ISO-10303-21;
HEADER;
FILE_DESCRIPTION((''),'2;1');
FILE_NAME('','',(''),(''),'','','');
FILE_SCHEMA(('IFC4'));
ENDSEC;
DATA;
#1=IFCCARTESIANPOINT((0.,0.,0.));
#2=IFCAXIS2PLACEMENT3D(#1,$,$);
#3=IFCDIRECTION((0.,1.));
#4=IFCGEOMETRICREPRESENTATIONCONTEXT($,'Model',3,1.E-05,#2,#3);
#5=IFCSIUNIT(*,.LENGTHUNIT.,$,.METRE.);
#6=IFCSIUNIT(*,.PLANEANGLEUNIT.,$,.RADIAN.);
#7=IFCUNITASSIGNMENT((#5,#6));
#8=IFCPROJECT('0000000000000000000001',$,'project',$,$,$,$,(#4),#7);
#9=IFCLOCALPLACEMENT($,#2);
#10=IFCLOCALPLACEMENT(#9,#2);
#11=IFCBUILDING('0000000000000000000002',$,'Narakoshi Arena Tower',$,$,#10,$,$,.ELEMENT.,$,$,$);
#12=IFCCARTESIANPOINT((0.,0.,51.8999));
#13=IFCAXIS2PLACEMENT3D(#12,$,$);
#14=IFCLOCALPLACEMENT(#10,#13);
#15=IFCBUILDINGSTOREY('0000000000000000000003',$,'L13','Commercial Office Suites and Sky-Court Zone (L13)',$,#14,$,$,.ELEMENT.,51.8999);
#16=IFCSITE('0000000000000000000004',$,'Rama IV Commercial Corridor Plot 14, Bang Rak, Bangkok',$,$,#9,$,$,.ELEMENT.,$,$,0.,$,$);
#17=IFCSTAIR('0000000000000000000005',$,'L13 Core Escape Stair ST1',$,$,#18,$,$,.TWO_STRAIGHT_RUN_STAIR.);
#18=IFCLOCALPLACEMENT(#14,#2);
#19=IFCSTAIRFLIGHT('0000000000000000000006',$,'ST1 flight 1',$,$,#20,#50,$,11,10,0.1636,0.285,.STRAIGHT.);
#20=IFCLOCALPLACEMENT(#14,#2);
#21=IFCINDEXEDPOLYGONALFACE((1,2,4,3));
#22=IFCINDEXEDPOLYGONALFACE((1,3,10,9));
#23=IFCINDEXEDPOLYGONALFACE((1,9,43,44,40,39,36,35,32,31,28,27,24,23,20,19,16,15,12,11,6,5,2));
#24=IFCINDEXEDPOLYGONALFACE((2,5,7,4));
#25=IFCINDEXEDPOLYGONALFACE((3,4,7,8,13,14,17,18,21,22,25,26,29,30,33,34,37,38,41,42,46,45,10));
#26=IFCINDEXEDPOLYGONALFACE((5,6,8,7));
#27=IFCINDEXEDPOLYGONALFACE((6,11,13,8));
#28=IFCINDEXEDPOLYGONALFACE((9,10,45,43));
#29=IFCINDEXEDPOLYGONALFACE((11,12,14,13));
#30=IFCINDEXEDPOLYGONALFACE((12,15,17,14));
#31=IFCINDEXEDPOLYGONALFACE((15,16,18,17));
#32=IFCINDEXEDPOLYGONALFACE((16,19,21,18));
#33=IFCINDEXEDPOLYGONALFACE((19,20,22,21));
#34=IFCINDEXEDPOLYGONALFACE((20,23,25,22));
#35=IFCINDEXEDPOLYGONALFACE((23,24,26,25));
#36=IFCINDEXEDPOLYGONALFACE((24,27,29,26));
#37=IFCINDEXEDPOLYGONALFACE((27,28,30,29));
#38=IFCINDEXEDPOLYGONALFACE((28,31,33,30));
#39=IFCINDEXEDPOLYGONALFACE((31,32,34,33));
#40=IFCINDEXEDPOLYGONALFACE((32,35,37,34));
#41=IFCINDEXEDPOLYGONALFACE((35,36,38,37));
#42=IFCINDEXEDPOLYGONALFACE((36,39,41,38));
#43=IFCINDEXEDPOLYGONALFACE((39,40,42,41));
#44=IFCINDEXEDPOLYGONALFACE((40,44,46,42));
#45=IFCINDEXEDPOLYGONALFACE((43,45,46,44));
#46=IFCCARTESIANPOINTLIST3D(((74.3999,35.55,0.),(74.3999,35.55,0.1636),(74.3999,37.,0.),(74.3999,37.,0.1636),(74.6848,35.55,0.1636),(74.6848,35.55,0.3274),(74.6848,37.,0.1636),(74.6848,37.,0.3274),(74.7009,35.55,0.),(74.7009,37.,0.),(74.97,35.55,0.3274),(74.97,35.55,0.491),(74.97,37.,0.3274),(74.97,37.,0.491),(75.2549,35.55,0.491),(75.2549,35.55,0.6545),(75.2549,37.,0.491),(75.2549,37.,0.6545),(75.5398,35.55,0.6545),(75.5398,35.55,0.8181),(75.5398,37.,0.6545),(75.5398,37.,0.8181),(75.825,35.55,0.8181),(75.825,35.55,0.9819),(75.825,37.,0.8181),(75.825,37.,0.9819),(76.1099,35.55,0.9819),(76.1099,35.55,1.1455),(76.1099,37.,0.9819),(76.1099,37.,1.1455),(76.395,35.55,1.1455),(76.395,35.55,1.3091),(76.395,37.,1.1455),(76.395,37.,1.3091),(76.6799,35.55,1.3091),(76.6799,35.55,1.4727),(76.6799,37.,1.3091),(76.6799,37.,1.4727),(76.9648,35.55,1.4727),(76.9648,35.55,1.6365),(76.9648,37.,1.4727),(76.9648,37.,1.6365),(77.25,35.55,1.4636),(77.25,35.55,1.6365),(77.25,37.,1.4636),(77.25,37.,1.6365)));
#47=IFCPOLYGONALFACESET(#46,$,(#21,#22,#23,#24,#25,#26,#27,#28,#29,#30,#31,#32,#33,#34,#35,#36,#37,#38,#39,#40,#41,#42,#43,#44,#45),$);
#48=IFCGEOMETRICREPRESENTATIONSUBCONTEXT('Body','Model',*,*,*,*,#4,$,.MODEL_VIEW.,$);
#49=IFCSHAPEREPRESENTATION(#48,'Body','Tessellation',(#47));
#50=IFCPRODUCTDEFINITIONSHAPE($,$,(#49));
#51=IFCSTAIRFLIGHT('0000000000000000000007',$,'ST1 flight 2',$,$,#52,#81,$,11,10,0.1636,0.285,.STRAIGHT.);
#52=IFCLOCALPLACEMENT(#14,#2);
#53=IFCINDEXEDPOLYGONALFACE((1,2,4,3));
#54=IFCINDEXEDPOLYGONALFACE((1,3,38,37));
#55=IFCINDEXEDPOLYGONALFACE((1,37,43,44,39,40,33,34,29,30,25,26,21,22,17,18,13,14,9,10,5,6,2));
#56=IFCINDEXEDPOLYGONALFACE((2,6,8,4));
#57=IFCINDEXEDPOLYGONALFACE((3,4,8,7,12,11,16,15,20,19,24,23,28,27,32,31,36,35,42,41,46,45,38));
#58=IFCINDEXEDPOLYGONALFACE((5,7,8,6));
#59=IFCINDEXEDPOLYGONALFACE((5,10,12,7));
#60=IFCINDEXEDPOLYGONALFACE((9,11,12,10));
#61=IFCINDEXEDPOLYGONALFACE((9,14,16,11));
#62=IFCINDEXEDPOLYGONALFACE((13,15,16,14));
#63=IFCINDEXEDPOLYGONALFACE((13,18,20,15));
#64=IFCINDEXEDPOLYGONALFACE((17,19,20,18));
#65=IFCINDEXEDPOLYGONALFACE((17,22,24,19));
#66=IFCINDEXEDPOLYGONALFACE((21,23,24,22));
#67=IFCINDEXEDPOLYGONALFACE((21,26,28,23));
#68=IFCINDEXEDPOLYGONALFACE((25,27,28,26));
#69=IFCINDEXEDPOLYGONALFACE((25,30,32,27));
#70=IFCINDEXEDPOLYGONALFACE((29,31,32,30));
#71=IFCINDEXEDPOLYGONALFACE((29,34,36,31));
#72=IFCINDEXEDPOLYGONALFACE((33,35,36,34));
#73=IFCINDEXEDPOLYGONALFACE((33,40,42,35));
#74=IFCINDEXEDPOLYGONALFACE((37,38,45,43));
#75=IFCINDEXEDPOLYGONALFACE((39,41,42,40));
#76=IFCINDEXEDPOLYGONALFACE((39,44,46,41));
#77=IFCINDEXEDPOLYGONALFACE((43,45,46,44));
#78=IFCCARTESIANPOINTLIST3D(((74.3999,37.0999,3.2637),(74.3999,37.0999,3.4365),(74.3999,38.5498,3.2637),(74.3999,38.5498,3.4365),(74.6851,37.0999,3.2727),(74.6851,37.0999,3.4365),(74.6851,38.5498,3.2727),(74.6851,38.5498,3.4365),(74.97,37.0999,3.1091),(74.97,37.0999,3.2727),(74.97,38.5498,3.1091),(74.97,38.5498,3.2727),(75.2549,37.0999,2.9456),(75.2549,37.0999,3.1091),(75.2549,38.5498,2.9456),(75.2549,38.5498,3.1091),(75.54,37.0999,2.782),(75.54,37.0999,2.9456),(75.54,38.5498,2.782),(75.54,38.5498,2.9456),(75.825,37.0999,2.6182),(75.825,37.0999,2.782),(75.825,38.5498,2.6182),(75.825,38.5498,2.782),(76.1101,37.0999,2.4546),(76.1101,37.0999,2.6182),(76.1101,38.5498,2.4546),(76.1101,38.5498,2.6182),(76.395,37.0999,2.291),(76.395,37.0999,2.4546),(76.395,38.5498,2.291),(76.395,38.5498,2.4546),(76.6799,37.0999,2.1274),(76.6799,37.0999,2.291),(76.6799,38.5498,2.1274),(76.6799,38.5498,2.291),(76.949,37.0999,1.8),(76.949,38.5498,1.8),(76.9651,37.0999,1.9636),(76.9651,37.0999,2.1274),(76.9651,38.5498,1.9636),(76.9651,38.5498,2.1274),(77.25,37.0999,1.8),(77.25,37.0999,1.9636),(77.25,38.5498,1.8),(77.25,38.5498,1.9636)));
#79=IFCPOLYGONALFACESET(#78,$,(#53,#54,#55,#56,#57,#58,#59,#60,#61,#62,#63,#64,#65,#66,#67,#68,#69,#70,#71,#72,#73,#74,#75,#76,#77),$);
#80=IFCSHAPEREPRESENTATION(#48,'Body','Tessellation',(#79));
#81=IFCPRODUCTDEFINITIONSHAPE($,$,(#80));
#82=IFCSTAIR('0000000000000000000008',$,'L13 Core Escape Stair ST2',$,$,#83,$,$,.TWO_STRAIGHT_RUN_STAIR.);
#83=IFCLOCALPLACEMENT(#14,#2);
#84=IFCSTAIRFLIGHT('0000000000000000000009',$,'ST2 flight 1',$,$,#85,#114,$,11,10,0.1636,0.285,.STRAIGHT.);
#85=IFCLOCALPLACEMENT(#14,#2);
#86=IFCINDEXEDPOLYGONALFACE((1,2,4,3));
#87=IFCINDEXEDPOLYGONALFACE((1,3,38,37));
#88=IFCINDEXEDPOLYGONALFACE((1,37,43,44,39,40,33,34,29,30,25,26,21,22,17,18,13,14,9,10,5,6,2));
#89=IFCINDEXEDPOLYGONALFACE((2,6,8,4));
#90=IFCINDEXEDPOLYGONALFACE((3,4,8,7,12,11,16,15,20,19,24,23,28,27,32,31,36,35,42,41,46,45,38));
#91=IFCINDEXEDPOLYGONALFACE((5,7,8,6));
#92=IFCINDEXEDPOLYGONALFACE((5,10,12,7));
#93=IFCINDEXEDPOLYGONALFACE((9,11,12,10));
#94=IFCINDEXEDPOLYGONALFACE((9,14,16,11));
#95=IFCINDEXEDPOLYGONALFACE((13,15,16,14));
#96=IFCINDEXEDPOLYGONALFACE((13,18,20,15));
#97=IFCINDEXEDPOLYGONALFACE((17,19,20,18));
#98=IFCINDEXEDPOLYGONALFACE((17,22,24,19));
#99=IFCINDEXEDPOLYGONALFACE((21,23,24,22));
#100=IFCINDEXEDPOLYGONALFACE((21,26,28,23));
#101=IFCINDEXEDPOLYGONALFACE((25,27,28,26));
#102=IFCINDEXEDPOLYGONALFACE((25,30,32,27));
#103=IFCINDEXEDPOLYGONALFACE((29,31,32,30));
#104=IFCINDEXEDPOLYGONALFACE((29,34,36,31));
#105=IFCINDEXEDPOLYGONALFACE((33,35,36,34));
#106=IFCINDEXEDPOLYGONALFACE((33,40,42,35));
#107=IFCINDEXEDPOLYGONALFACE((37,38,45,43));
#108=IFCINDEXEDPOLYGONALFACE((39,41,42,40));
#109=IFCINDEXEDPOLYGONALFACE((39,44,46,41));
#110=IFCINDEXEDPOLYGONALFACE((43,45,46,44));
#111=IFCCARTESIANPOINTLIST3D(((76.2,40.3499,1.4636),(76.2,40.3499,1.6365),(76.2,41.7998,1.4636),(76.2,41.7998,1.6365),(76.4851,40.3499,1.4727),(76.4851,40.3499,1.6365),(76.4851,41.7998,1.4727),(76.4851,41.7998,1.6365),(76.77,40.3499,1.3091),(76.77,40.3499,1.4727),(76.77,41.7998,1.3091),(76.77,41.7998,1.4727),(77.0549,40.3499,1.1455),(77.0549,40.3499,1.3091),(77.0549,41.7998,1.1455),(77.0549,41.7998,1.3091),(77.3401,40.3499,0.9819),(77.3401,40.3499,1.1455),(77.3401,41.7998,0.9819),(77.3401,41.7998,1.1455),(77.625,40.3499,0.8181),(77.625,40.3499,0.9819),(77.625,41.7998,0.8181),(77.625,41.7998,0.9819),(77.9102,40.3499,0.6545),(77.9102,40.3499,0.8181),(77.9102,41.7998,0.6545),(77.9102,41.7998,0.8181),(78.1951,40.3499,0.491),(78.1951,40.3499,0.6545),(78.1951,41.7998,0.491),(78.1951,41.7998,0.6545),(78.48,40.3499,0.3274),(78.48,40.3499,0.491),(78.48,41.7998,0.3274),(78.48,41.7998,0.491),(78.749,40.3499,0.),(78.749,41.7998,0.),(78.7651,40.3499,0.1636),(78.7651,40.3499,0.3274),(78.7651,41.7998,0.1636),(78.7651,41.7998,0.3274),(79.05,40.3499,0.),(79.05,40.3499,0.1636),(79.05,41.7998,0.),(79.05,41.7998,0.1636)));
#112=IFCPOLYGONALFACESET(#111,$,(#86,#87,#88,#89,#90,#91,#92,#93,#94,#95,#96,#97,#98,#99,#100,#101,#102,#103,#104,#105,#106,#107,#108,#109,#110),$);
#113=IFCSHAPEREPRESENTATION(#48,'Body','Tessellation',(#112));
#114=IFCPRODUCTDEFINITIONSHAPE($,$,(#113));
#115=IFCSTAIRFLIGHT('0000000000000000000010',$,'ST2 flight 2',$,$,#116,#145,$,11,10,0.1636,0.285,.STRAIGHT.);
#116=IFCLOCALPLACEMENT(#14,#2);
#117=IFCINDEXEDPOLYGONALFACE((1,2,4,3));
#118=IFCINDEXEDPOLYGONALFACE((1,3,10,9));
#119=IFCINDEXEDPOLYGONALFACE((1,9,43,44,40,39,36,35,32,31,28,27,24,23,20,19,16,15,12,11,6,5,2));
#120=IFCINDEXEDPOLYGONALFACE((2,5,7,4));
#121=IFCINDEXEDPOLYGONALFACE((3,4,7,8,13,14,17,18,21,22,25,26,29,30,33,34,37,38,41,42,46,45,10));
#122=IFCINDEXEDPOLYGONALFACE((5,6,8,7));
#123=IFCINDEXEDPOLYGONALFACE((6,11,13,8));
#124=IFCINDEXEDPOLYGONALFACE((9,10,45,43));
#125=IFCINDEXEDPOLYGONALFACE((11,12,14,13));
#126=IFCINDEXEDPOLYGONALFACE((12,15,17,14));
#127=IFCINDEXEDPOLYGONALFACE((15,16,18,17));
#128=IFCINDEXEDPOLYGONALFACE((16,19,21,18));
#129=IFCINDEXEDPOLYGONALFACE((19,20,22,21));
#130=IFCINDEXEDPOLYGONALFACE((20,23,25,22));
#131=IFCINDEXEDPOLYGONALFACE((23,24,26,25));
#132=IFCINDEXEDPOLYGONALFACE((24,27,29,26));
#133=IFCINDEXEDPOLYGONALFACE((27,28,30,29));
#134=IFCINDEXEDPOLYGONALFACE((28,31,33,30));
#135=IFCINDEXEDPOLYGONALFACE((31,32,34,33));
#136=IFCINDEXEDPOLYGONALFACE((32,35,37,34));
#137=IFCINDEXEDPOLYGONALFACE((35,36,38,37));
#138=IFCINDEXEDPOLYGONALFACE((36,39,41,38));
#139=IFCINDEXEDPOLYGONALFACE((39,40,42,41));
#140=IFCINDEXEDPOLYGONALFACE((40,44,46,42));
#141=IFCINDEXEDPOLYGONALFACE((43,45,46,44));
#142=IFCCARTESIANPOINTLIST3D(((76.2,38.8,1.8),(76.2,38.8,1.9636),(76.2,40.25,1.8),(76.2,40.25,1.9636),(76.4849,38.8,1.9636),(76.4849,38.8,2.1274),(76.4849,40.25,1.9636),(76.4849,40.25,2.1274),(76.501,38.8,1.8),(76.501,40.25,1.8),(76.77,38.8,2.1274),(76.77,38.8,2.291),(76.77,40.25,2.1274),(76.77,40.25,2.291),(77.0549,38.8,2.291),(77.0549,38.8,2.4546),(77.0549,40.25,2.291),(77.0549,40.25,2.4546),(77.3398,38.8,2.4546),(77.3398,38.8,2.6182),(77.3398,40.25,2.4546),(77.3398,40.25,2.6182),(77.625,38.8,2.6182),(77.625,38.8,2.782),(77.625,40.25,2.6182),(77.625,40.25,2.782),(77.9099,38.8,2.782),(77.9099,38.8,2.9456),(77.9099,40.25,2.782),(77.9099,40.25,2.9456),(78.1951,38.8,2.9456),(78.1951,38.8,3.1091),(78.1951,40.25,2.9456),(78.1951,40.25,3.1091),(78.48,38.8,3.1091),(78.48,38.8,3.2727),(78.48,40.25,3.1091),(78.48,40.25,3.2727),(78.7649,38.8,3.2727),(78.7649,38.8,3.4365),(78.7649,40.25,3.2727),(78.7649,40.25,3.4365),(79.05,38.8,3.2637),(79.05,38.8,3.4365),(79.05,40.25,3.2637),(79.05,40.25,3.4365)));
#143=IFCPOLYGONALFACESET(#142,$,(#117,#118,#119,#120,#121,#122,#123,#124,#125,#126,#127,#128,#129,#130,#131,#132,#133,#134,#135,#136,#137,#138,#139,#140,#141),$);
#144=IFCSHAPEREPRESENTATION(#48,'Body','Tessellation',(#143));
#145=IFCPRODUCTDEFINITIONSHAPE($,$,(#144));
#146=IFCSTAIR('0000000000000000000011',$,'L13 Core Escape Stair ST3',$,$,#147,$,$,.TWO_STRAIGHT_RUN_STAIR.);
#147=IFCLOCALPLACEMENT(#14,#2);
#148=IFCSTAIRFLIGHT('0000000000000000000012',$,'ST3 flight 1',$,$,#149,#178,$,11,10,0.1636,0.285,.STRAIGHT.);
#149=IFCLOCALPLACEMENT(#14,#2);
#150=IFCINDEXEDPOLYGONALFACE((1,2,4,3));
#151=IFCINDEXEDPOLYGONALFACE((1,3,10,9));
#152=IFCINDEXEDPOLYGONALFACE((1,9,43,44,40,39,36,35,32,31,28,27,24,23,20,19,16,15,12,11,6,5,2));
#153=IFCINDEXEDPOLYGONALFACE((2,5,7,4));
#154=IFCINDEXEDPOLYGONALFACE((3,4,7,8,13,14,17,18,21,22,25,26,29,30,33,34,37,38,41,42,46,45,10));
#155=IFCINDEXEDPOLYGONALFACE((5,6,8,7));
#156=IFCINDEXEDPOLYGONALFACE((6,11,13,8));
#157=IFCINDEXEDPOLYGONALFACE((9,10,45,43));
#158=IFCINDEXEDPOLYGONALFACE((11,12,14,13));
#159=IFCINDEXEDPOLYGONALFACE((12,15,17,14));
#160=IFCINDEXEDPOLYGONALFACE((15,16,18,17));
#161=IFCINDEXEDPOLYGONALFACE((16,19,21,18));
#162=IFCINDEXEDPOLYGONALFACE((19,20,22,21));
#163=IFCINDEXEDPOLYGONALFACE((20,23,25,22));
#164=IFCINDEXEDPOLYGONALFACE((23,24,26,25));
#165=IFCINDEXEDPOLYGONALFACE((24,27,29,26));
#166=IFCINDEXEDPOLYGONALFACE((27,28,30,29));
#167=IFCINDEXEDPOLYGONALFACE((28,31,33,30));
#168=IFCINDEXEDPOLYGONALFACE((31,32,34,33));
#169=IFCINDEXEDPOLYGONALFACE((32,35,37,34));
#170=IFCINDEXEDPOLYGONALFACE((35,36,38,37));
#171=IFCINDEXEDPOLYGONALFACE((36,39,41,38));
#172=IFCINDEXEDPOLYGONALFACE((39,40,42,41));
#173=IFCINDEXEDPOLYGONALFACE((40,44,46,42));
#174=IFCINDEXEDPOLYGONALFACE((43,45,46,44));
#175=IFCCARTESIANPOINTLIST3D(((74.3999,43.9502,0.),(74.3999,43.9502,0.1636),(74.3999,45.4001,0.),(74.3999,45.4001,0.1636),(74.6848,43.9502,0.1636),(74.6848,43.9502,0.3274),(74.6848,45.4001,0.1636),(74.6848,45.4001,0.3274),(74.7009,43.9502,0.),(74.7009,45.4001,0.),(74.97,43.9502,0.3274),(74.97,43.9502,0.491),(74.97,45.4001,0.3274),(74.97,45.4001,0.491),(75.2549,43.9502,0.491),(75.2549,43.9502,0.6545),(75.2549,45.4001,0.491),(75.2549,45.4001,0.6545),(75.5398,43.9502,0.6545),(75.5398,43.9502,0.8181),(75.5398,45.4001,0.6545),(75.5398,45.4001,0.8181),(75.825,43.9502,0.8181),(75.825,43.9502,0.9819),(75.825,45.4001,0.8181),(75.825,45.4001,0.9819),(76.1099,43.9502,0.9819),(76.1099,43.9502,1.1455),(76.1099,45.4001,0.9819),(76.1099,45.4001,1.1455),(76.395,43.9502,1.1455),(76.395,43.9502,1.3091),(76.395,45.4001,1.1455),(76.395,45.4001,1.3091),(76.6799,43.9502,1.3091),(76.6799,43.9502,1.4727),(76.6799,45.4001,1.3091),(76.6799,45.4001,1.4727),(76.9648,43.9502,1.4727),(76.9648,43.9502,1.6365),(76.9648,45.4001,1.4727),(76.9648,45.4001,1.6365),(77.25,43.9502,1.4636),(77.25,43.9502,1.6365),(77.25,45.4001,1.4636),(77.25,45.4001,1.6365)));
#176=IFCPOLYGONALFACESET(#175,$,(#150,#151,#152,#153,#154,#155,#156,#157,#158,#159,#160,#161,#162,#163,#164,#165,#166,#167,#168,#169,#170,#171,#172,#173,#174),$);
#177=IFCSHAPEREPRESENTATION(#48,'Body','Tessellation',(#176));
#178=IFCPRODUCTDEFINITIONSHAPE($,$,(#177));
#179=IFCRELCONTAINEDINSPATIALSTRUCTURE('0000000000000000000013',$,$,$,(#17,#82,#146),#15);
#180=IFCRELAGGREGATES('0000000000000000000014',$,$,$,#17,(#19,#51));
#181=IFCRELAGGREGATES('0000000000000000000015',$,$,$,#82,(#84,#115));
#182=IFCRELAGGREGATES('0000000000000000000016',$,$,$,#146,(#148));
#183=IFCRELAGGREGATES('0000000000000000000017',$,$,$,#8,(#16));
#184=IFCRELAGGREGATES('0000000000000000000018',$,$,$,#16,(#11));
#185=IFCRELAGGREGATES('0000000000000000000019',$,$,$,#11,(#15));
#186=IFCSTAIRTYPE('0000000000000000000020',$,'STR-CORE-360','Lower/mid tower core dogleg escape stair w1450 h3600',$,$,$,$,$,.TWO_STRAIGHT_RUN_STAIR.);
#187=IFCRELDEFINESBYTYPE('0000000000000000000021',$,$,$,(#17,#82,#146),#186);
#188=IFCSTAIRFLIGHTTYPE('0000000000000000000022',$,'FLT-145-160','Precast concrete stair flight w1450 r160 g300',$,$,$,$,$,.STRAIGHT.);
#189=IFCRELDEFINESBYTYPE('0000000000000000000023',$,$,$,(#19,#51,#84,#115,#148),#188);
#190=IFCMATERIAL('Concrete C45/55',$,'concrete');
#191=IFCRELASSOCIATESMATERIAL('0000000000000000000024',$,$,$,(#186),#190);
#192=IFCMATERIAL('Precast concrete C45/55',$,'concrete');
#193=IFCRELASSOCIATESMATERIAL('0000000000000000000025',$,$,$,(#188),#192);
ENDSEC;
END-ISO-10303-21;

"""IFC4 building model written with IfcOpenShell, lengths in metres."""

from ifc_helpers import new_model, si_unit, direction, frame, origin, place, context, subcontext, project, spatial, polyline, outline, extrude, material, type_object, element, aggregate, save


model = new_model("IFC4")

# Units and contexts
model_context = context("Model", 3, precision=1e-05, world=origin(), true_north=direction((0.0, 1.0)))
body_context = subcontext(model_context, "Body", "Model", "MODEL_VIEW")
ifc_project = project(units=[si_unit("LENGTHUNIT", "METRE"), si_unit("PLANEANGLEUNIT", "RADIAN")], contexts=[model_context])

# Site, building, storey
site_placement = place(None, origin())
site = spatial("IfcSite", under=ifc_project, at=site_placement, Name="Rama IV Commercial Corridor Plot 14, Bang Rak, Bangkok", CompositionType="ELEMENT", RefElevation=0.0)
building_placement = place(site_placement, origin())
building = spatial("IfcBuilding", under=site, at=building_placement, Name="Narakoshi Arena Tower", CompositionType="ELEMENT")
storey_placement = place(building_placement, frame((0.0, 0.0, 51.8999)))
storey = spatial("IfcBuildingStorey", under=building, at=storey_placement, Name="L13", Description="Commercial Office Suites and Sky-Court Zone (L13)", CompositionType="ELEMENT", Elevation=51.8999)

# Stairs, stair flights
ifc_material_1 = material(Name="Concrete C45/55", Category="concrete")
stair_type = type_object("IfcStairType", Name="STR-CORE-360", Description="Lower/mid tower core dogleg escape stair w1450 h3600", PredefinedType="TWO_STRAIGHT_RUN_STAIR", material=ifc_material_1)
stair_1_placement = place(storey_placement, origin())
stair_1 = element("IfcStair", 1, at=stair_1_placement, inside=storey, type_object=stair_type, Name="L13 Core Escape Stair ST1", PredefinedType="TWO_STRAIGHT_RUN_STAIR")
ifc_material_2 = material(Name="Precast concrete C45/55", Category="concrete")
stair_flight_type = type_object("IfcStairFlightType", Name="FLT-145-160", Description="Precast concrete stair flight w1450 r160 g300", PredefinedType="STRAIGHT", material=ifc_material_2)
stair_flight_1_placement = place(storey_placement, frame((74.3999, 36.2749, 0.0), z_axis=(0.0, 0.0, 1.0), x_axis=(1.0, 0.0, 0.0)))
stair_flight_1 = element("IfcStairFlight", 2, at=stair_flight_1_placement, type_object=stair_flight_type, Name="ST1 flight 1", NumberOfRisers=11, NumberOfTreads=10, PredefinedType="STRAIGHT", RiserHeight=0.1636, TreadLength=0.285, context=body_context, shape_type="SweptSolid", body=[
    extrude(outline(polyline([(0.0, 0.0), (0.0, 0.1636), (0.2849, 0.1636), (0.2849, 0.3274), (0.5701, 0.3274), (0.5701, 0.491), (0.855, 0.491), (0.855, 0.6545), (1.1399, 0.6545), (1.1399, 0.8181), (1.425, 0.8181), (1.425, 0.9819), (1.71, 0.9819), (1.71, 1.1455), (1.9951, 1.1455), (1.9951, 1.3091), (2.28, 1.3091), (2.28, 1.4727), (2.5649, 1.4727), (2.5649, 1.6365), (2.8501, 1.6365), (2.8501, 1.8), (2.8501, 1.4636), (0.301, 0.0), (0.0, 0.0)])), frame((0.0, 0.7251, 0.0), z_axis=(0.0, -1.0, 0.0), x_axis=(1.0, 0.0, 0.0)), (0.0, 0.0, 1.0), 1.45),
])
stair_flight_2_placement = place(storey_placement, frame((77.25, 37.825, 1.8), z_axis=(0.0, 0.0, 1.0), x_axis=(-1.0, 0.0, 0.0)))
stair_flight_2 = element("IfcStairFlight", 3, at=stair_flight_2_placement, type_object=stair_flight_type, Name="ST1 flight 2", NumberOfRisers=11, NumberOfTreads=10, PredefinedType="STRAIGHT", RiserHeight=0.1636, TreadLength=0.285, context=body_context, shape_type="SweptSolid", body=[
    extrude(outline(polyline([(0.0, 0.0), (0.0, 0.1636), (0.2849, 0.1636), (0.2849, 0.3274), (0.5701, 0.3274), (0.5701, 0.491), (0.855, 0.491), (0.855, 0.6545), (1.1399, 0.6545), (1.1399, 0.8181), (1.425, 0.8181), (1.425, 0.9819), (1.71, 0.9819), (1.71, 1.1455), (1.9951, 1.1455), (1.9951, 1.3091), (2.28, 1.3091), (2.28, 1.4727), (2.5649, 1.4727), (2.5649, 1.6365), (2.8501, 1.6365), (2.8501, 1.8), (2.8501, 1.4636), (0.301, 0.0), (0.0, 0.0)])), frame((0.0, 0.7251, 0.0), z_axis=(0.0, -1.0, 0.0), x_axis=(1.0, 0.0, 0.0)), (0.0, 0.0, 1.0), 1.45),
])
aggregate(stair_1, [stair_flight_1, stair_flight_2])
stair_2_placement = place(storey_placement, origin())
stair_2 = element("IfcStair", 4, at=stair_2_placement, inside=storey, type_object=stair_type, Name="L13 Core Escape Stair ST2", PredefinedType="TWO_STRAIGHT_RUN_STAIR")
stair_flight_3_placement = place(storey_placement, frame((79.05, 41.075, 0.0), z_axis=(0.0, 0.0, 1.0), x_axis=(-1.0, 0.0, 0.0)))
stair_flight_3 = element("IfcStairFlight", 5, at=stair_flight_3_placement, type_object=stair_flight_type, Name="ST2 flight 1", NumberOfRisers=11, NumberOfTreads=10, PredefinedType="STRAIGHT", RiserHeight=0.1636, TreadLength=0.285, context=body_context, shape_type="SweptSolid", body=[
    extrude(outline(polyline([(0.0, 0.0), (0.0, 0.1636), (0.2849, 0.1636), (0.2849, 0.3274), (0.5701, 0.3274), (0.5701, 0.491), (0.855, 0.491), (0.855, 0.6545), (1.1399, 0.6545), (1.1399, 0.8181), (1.425, 0.8181), (1.425, 0.9819), (1.71, 0.9819), (1.71, 1.1455), (1.9951, 1.1455), (1.9951, 1.3091), (2.28, 1.3091), (2.28, 1.4727), (2.5649, 1.4727), (2.5649, 1.6365), (2.8501, 1.6365), (2.8501, 1.8), (2.8501, 1.4636), (0.301, 0.0), (0.0, 0.0)])), frame((0.0, 0.7251, 0.0), z_axis=(0.0, -1.0, 0.0), x_axis=(1.0, 0.0, 0.0)), (0.0, 0.0, 1.0), 1.45),
])
stair_flight_4_placement = place(storey_placement, frame((76.2, 39.5249, 1.8), z_axis=(0.0, 0.0, 1.0), x_axis=(1.0, 0.0, 0.0)))
stair_flight_4 = element("IfcStairFlight", 6, at=stair_flight_4_placement, type_object=stair_flight_type, Name="ST2 flight 2", NumberOfRisers=11, NumberOfTreads=10, PredefinedType="STRAIGHT", RiserHeight=0.1636, TreadLength=0.285, context=body_context, shape_type="SweptSolid", body=[
    extrude(outline(polyline([(0.0, 0.0), (0.0, 0.1636), (0.2849, 0.1636), (0.2849, 0.3274), (0.5701, 0.3274), (0.5701, 0.491), (0.855, 0.491), (0.855, 0.6545), (1.1399, 0.6545), (1.1399, 0.8181), (1.425, 0.8181), (1.425, 0.9819), (1.71, 0.9819), (1.71, 1.1455), (1.9951, 1.1455), (1.9951, 1.3091), (2.28, 1.3091), (2.28, 1.4727), (2.5649, 1.4727), (2.5649, 1.6365), (2.8501, 1.6365), (2.8501, 1.8), (2.8501, 1.4636), (0.301, 0.0), (0.0, 0.0)])), frame((0.0, 0.7251, 0.0), z_axis=(0.0, -1.0, 0.0), x_axis=(1.0, 0.0, 0.0)), (0.0, 0.0, 1.0), 1.45),
])
aggregate(stair_2, [stair_flight_3, stair_flight_4])
stair_3_placement = place(storey_placement, origin())
stair_3 = element("IfcStair", 7, at=stair_3_placement, inside=storey, type_object=stair_type, Name="L13 Core Escape Stair ST3", PredefinedType="TWO_STRAIGHT_RUN_STAIR")
stair_flight_5_placement = place(storey_placement, frame((74.3999, 44.675, 0.0), z_axis=(0.0, 0.0, 1.0), x_axis=(1.0, 0.0, 0.0)))
stair_flight_5 = element("IfcStairFlight", 8, at=stair_flight_5_placement, type_object=stair_flight_type, Name="ST3 flight 1", NumberOfRisers=11, NumberOfTreads=10, PredefinedType="STRAIGHT", RiserHeight=0.1636, TreadLength=0.285, context=body_context, shape_type="SweptSolid", body=[
    extrude(outline(polyline([(0.0, 0.0), (0.0, 0.1636), (0.2849, 0.1636), (0.2849, 0.3274), (0.5701, 0.3274), (0.5701, 0.491), (0.855, 0.491), (0.855, 0.6545), (1.1399, 0.6545), (1.1399, 0.8181), (1.425, 0.8181), (1.425, 0.9819), (1.71, 0.9819), (1.71, 1.1455), (1.9951, 1.1455), (1.9951, 1.3091), (2.28, 1.3091), (2.28, 1.4727), (2.5649, 1.4727), (2.5649, 1.6365), (2.8501, 1.6365), (2.8501, 1.8), (2.8501, 1.4636), (0.301, 0.0), (0.0, 0.0)])), frame((0.0, 0.7251, 0.0), z_axis=(0.0, -1.0, 0.0), x_axis=(1.0, 0.0, 0.0)), (0.0, 0.0, 1.0), 1.45),
])
aggregate(stair_3, [stair_flight_5])

save(model, "model.ifc")
